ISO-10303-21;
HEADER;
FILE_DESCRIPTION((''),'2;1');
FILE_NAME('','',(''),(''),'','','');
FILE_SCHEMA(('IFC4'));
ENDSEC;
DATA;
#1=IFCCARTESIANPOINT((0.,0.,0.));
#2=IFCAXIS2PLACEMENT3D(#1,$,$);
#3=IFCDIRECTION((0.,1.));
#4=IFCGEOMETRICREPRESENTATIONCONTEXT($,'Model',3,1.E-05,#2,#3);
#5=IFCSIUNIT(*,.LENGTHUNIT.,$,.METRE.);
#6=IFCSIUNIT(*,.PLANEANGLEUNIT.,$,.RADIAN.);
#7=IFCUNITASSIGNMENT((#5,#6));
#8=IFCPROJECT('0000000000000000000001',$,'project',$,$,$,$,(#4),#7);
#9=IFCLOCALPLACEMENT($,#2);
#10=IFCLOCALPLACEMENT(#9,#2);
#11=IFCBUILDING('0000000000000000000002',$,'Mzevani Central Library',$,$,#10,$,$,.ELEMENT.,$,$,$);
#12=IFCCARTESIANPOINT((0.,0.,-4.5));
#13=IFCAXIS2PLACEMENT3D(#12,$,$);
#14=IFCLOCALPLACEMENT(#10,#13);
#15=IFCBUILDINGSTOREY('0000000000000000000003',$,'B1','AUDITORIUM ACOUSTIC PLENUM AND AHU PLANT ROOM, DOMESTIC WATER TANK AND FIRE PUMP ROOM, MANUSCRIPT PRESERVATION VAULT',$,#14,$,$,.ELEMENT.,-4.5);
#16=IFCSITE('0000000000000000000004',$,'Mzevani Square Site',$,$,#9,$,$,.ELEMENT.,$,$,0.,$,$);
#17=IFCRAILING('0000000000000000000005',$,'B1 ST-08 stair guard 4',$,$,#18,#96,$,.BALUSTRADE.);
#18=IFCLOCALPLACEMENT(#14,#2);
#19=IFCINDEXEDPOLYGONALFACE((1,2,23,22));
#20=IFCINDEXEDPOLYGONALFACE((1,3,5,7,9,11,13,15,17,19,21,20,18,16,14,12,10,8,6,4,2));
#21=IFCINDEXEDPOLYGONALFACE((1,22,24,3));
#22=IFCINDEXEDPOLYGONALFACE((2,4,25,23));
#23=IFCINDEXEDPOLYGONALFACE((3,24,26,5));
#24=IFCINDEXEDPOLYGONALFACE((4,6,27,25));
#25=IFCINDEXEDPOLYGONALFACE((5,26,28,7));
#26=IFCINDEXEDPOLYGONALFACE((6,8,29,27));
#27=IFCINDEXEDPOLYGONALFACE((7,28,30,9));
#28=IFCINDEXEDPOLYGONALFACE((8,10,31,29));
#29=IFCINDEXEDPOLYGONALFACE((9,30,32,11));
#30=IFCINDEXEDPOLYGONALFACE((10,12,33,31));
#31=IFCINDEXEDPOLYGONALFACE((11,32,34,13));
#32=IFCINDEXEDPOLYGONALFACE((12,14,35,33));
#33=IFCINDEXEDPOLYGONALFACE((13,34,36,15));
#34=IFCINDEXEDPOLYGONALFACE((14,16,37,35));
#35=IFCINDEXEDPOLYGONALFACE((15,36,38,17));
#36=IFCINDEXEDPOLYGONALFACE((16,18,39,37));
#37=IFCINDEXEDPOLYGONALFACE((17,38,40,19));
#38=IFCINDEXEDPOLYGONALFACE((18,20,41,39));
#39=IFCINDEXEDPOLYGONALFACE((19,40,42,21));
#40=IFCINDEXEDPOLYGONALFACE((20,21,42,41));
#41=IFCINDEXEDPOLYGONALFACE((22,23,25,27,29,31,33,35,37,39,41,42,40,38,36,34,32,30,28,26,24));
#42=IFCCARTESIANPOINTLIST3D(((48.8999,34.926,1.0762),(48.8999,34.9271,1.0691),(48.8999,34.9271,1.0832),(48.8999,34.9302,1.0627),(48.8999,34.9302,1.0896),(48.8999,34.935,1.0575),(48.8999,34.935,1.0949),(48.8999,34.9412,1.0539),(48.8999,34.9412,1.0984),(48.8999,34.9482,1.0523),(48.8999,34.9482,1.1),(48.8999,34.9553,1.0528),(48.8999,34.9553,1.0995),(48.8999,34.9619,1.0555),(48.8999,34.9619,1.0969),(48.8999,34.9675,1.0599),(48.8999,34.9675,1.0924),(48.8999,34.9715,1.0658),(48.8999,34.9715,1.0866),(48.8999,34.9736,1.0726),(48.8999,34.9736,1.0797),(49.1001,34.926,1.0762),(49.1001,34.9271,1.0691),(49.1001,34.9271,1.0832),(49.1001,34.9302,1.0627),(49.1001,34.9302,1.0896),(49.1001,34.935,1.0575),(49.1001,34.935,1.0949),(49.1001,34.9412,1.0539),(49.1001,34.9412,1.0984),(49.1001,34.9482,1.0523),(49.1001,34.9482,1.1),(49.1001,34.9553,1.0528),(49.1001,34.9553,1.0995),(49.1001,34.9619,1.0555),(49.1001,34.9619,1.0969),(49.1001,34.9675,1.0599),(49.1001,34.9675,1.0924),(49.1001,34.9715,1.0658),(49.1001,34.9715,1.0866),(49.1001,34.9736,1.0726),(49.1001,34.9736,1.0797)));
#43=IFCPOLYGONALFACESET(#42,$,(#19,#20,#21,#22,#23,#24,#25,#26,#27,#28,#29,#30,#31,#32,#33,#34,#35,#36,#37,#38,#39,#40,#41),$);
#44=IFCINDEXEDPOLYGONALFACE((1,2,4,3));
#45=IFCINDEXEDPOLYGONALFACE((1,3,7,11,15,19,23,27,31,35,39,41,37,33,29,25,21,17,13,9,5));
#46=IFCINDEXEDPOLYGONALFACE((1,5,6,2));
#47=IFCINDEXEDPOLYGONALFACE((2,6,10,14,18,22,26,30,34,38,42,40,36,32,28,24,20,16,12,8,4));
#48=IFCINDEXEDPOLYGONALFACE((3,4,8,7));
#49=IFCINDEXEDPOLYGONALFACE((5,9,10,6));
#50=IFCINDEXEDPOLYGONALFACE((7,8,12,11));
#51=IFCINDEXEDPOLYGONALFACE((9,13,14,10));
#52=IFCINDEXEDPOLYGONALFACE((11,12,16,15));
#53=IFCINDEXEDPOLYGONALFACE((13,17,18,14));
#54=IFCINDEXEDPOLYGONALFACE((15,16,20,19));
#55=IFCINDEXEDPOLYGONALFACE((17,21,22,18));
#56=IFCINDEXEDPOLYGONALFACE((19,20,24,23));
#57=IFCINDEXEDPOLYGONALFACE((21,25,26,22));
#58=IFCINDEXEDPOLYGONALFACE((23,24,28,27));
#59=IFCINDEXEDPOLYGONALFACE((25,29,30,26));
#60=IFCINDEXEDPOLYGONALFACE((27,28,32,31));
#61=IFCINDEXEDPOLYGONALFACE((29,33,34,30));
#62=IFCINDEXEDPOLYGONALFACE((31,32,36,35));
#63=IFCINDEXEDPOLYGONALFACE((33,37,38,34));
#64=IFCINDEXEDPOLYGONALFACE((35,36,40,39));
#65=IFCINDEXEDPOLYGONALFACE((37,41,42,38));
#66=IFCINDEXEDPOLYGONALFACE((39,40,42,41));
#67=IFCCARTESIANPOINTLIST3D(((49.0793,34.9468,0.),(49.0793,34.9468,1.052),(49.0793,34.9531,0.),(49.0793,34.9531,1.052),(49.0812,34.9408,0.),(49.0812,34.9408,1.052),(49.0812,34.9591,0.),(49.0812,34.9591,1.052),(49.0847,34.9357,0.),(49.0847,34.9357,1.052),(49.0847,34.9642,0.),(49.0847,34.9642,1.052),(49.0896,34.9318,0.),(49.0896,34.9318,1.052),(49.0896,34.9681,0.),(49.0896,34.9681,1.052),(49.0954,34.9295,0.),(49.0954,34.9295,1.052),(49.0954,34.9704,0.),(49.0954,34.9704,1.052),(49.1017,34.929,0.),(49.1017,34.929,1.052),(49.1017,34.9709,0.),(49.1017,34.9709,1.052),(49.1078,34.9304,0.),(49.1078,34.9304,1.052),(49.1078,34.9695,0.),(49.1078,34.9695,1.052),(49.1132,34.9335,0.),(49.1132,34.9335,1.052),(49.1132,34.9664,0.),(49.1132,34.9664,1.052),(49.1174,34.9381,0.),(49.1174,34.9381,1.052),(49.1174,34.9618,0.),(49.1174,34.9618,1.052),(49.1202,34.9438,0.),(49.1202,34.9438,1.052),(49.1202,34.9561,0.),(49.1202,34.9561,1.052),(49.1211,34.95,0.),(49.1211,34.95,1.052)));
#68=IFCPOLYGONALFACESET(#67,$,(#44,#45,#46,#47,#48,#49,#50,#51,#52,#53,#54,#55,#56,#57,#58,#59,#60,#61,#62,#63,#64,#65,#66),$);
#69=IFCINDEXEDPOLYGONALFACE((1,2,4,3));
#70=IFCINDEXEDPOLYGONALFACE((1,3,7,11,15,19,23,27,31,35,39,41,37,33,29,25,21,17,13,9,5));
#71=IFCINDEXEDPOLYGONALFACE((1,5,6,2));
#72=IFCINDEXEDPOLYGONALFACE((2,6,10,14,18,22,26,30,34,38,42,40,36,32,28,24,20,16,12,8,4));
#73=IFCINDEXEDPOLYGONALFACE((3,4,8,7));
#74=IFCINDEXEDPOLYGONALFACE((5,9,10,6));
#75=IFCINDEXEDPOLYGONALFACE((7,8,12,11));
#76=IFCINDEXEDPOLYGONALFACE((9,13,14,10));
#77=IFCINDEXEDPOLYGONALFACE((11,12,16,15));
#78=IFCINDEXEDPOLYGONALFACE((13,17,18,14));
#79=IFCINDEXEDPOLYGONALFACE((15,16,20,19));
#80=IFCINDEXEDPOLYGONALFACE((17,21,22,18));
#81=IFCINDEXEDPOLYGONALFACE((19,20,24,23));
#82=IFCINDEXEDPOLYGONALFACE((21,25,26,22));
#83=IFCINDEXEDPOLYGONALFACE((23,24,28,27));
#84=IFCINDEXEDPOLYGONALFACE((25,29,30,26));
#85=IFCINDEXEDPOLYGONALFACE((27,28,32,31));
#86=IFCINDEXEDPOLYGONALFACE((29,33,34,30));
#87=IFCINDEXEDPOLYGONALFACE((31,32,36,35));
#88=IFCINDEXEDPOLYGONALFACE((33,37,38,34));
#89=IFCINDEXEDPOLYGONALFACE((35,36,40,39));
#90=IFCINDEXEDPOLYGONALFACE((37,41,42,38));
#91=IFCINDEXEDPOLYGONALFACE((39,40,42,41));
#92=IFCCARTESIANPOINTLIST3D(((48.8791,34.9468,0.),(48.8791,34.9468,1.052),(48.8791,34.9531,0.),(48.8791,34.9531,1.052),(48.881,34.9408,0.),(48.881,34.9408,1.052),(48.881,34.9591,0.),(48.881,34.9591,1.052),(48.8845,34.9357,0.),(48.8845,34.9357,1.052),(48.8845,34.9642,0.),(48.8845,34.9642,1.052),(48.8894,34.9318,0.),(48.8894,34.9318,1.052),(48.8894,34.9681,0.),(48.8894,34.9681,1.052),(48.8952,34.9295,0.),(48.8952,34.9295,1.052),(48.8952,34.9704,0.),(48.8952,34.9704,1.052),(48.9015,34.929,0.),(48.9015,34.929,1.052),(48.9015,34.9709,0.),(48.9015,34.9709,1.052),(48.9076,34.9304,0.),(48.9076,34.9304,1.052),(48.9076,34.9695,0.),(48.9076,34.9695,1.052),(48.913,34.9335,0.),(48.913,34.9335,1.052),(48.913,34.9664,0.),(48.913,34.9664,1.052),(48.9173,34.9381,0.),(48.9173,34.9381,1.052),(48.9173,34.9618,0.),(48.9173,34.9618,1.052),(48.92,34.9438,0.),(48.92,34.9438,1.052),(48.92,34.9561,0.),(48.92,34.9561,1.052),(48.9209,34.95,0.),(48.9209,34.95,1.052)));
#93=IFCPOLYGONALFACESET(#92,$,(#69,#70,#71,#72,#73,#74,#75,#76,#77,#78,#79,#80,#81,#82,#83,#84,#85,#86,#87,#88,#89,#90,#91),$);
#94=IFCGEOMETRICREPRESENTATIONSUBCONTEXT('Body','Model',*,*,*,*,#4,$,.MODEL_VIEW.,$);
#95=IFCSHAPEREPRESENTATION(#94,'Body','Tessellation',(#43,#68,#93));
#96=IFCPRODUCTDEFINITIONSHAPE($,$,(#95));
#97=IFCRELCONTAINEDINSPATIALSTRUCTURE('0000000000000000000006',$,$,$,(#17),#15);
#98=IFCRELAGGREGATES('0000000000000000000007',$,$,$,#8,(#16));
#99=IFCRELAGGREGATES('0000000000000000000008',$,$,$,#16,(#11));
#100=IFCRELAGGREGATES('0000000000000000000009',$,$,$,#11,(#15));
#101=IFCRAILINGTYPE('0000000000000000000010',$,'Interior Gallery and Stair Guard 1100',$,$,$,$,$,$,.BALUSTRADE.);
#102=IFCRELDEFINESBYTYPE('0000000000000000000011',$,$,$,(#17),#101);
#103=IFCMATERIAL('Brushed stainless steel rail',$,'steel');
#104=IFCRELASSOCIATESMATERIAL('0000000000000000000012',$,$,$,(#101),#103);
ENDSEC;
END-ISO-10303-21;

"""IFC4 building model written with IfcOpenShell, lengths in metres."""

from ifc_helpers import new_model, si_unit, direction, frame, origin, origin_2d, place, context, subcontext, project, spatial, circle, extrude, material, type_object, element, save


model = new_model("IFC4")

# Units and contexts
model_context = context("Model", 3, precision=1e-05, world=origin(), true_north=direction((0.0, 1.0)))
body_context = subcontext(model_context, "Body", "Model", "MODEL_VIEW")
ifc_project = project(units=[si_unit("LENGTHUNIT", "METRE"), si_unit("PLANEANGLEUNIT", "RADIAN")], contexts=[model_context])

# Site, building, storey
site_placement = place(None, origin())
site = spatial("IfcSite", under=ifc_project, at=site_placement, Name="Mzevani Square Site", CompositionType="ELEMENT", RefElevation=0.0)
building_placement = place(site_placement, origin())
building = spatial("IfcBuilding", under=site, at=building_placement, Name="Mzevani Central Library", CompositionType="ELEMENT")
storey_placement = place(building_placement, frame((0.0, 0.0, -4.5)))
storey = spatial("IfcBuildingStorey", under=building, at=storey_placement, Name="B1", Description="AUDITORIUM ACOUSTIC PLENUM AND AHU PLANT ROOM, DOMESTIC WATER TANK AND FIRE PUMP ROOM, MANUSCRIPT PRESERVATION VAULT", CompositionType="ELEMENT", Elevation=-4.5)

# Railing
ifc_material_1 = material(Name="Brushed stainless steel rail", Category="steel")
railing_type_1 = type_object("IfcRailingType", Name="Interior Gallery and Stair Guard 1100", PredefinedType="BALUSTRADE", material=ifc_material_1)
railing_1_placement = place(storey_placement, frame((49.1001, 34.95, 0.0)))
element("IfcRailing", 1, at=railing_1_placement, inside=storey, type_object=railing_type_1, Name="B1 ST-08 stair guard 4", PredefinedType="BALUSTRADE", context=body_context, shape_type="SweptSolid", body=[
    extrude(circle(Radius=0.0239, at=origin_2d()), frame((0.0, 0.0, 1.0762), z_axis=(-1.0, 0.0, 0.0), x_axis=(0.0, -1.0, 0.0)), (0.0, 0.0, 1.0), 0.2002),
    extrude(circle(Radius=0.021, at=origin_2d()), origin(), (0.0, 0.0, 1.0), 1.052),
    extrude(circle(Radius=0.021, at=origin_2d()), frame((-0.2002, 0.0, 0.0)), (0.0, 0.0, 1.0), 1.052),
])

save(model, "model.ifc")
